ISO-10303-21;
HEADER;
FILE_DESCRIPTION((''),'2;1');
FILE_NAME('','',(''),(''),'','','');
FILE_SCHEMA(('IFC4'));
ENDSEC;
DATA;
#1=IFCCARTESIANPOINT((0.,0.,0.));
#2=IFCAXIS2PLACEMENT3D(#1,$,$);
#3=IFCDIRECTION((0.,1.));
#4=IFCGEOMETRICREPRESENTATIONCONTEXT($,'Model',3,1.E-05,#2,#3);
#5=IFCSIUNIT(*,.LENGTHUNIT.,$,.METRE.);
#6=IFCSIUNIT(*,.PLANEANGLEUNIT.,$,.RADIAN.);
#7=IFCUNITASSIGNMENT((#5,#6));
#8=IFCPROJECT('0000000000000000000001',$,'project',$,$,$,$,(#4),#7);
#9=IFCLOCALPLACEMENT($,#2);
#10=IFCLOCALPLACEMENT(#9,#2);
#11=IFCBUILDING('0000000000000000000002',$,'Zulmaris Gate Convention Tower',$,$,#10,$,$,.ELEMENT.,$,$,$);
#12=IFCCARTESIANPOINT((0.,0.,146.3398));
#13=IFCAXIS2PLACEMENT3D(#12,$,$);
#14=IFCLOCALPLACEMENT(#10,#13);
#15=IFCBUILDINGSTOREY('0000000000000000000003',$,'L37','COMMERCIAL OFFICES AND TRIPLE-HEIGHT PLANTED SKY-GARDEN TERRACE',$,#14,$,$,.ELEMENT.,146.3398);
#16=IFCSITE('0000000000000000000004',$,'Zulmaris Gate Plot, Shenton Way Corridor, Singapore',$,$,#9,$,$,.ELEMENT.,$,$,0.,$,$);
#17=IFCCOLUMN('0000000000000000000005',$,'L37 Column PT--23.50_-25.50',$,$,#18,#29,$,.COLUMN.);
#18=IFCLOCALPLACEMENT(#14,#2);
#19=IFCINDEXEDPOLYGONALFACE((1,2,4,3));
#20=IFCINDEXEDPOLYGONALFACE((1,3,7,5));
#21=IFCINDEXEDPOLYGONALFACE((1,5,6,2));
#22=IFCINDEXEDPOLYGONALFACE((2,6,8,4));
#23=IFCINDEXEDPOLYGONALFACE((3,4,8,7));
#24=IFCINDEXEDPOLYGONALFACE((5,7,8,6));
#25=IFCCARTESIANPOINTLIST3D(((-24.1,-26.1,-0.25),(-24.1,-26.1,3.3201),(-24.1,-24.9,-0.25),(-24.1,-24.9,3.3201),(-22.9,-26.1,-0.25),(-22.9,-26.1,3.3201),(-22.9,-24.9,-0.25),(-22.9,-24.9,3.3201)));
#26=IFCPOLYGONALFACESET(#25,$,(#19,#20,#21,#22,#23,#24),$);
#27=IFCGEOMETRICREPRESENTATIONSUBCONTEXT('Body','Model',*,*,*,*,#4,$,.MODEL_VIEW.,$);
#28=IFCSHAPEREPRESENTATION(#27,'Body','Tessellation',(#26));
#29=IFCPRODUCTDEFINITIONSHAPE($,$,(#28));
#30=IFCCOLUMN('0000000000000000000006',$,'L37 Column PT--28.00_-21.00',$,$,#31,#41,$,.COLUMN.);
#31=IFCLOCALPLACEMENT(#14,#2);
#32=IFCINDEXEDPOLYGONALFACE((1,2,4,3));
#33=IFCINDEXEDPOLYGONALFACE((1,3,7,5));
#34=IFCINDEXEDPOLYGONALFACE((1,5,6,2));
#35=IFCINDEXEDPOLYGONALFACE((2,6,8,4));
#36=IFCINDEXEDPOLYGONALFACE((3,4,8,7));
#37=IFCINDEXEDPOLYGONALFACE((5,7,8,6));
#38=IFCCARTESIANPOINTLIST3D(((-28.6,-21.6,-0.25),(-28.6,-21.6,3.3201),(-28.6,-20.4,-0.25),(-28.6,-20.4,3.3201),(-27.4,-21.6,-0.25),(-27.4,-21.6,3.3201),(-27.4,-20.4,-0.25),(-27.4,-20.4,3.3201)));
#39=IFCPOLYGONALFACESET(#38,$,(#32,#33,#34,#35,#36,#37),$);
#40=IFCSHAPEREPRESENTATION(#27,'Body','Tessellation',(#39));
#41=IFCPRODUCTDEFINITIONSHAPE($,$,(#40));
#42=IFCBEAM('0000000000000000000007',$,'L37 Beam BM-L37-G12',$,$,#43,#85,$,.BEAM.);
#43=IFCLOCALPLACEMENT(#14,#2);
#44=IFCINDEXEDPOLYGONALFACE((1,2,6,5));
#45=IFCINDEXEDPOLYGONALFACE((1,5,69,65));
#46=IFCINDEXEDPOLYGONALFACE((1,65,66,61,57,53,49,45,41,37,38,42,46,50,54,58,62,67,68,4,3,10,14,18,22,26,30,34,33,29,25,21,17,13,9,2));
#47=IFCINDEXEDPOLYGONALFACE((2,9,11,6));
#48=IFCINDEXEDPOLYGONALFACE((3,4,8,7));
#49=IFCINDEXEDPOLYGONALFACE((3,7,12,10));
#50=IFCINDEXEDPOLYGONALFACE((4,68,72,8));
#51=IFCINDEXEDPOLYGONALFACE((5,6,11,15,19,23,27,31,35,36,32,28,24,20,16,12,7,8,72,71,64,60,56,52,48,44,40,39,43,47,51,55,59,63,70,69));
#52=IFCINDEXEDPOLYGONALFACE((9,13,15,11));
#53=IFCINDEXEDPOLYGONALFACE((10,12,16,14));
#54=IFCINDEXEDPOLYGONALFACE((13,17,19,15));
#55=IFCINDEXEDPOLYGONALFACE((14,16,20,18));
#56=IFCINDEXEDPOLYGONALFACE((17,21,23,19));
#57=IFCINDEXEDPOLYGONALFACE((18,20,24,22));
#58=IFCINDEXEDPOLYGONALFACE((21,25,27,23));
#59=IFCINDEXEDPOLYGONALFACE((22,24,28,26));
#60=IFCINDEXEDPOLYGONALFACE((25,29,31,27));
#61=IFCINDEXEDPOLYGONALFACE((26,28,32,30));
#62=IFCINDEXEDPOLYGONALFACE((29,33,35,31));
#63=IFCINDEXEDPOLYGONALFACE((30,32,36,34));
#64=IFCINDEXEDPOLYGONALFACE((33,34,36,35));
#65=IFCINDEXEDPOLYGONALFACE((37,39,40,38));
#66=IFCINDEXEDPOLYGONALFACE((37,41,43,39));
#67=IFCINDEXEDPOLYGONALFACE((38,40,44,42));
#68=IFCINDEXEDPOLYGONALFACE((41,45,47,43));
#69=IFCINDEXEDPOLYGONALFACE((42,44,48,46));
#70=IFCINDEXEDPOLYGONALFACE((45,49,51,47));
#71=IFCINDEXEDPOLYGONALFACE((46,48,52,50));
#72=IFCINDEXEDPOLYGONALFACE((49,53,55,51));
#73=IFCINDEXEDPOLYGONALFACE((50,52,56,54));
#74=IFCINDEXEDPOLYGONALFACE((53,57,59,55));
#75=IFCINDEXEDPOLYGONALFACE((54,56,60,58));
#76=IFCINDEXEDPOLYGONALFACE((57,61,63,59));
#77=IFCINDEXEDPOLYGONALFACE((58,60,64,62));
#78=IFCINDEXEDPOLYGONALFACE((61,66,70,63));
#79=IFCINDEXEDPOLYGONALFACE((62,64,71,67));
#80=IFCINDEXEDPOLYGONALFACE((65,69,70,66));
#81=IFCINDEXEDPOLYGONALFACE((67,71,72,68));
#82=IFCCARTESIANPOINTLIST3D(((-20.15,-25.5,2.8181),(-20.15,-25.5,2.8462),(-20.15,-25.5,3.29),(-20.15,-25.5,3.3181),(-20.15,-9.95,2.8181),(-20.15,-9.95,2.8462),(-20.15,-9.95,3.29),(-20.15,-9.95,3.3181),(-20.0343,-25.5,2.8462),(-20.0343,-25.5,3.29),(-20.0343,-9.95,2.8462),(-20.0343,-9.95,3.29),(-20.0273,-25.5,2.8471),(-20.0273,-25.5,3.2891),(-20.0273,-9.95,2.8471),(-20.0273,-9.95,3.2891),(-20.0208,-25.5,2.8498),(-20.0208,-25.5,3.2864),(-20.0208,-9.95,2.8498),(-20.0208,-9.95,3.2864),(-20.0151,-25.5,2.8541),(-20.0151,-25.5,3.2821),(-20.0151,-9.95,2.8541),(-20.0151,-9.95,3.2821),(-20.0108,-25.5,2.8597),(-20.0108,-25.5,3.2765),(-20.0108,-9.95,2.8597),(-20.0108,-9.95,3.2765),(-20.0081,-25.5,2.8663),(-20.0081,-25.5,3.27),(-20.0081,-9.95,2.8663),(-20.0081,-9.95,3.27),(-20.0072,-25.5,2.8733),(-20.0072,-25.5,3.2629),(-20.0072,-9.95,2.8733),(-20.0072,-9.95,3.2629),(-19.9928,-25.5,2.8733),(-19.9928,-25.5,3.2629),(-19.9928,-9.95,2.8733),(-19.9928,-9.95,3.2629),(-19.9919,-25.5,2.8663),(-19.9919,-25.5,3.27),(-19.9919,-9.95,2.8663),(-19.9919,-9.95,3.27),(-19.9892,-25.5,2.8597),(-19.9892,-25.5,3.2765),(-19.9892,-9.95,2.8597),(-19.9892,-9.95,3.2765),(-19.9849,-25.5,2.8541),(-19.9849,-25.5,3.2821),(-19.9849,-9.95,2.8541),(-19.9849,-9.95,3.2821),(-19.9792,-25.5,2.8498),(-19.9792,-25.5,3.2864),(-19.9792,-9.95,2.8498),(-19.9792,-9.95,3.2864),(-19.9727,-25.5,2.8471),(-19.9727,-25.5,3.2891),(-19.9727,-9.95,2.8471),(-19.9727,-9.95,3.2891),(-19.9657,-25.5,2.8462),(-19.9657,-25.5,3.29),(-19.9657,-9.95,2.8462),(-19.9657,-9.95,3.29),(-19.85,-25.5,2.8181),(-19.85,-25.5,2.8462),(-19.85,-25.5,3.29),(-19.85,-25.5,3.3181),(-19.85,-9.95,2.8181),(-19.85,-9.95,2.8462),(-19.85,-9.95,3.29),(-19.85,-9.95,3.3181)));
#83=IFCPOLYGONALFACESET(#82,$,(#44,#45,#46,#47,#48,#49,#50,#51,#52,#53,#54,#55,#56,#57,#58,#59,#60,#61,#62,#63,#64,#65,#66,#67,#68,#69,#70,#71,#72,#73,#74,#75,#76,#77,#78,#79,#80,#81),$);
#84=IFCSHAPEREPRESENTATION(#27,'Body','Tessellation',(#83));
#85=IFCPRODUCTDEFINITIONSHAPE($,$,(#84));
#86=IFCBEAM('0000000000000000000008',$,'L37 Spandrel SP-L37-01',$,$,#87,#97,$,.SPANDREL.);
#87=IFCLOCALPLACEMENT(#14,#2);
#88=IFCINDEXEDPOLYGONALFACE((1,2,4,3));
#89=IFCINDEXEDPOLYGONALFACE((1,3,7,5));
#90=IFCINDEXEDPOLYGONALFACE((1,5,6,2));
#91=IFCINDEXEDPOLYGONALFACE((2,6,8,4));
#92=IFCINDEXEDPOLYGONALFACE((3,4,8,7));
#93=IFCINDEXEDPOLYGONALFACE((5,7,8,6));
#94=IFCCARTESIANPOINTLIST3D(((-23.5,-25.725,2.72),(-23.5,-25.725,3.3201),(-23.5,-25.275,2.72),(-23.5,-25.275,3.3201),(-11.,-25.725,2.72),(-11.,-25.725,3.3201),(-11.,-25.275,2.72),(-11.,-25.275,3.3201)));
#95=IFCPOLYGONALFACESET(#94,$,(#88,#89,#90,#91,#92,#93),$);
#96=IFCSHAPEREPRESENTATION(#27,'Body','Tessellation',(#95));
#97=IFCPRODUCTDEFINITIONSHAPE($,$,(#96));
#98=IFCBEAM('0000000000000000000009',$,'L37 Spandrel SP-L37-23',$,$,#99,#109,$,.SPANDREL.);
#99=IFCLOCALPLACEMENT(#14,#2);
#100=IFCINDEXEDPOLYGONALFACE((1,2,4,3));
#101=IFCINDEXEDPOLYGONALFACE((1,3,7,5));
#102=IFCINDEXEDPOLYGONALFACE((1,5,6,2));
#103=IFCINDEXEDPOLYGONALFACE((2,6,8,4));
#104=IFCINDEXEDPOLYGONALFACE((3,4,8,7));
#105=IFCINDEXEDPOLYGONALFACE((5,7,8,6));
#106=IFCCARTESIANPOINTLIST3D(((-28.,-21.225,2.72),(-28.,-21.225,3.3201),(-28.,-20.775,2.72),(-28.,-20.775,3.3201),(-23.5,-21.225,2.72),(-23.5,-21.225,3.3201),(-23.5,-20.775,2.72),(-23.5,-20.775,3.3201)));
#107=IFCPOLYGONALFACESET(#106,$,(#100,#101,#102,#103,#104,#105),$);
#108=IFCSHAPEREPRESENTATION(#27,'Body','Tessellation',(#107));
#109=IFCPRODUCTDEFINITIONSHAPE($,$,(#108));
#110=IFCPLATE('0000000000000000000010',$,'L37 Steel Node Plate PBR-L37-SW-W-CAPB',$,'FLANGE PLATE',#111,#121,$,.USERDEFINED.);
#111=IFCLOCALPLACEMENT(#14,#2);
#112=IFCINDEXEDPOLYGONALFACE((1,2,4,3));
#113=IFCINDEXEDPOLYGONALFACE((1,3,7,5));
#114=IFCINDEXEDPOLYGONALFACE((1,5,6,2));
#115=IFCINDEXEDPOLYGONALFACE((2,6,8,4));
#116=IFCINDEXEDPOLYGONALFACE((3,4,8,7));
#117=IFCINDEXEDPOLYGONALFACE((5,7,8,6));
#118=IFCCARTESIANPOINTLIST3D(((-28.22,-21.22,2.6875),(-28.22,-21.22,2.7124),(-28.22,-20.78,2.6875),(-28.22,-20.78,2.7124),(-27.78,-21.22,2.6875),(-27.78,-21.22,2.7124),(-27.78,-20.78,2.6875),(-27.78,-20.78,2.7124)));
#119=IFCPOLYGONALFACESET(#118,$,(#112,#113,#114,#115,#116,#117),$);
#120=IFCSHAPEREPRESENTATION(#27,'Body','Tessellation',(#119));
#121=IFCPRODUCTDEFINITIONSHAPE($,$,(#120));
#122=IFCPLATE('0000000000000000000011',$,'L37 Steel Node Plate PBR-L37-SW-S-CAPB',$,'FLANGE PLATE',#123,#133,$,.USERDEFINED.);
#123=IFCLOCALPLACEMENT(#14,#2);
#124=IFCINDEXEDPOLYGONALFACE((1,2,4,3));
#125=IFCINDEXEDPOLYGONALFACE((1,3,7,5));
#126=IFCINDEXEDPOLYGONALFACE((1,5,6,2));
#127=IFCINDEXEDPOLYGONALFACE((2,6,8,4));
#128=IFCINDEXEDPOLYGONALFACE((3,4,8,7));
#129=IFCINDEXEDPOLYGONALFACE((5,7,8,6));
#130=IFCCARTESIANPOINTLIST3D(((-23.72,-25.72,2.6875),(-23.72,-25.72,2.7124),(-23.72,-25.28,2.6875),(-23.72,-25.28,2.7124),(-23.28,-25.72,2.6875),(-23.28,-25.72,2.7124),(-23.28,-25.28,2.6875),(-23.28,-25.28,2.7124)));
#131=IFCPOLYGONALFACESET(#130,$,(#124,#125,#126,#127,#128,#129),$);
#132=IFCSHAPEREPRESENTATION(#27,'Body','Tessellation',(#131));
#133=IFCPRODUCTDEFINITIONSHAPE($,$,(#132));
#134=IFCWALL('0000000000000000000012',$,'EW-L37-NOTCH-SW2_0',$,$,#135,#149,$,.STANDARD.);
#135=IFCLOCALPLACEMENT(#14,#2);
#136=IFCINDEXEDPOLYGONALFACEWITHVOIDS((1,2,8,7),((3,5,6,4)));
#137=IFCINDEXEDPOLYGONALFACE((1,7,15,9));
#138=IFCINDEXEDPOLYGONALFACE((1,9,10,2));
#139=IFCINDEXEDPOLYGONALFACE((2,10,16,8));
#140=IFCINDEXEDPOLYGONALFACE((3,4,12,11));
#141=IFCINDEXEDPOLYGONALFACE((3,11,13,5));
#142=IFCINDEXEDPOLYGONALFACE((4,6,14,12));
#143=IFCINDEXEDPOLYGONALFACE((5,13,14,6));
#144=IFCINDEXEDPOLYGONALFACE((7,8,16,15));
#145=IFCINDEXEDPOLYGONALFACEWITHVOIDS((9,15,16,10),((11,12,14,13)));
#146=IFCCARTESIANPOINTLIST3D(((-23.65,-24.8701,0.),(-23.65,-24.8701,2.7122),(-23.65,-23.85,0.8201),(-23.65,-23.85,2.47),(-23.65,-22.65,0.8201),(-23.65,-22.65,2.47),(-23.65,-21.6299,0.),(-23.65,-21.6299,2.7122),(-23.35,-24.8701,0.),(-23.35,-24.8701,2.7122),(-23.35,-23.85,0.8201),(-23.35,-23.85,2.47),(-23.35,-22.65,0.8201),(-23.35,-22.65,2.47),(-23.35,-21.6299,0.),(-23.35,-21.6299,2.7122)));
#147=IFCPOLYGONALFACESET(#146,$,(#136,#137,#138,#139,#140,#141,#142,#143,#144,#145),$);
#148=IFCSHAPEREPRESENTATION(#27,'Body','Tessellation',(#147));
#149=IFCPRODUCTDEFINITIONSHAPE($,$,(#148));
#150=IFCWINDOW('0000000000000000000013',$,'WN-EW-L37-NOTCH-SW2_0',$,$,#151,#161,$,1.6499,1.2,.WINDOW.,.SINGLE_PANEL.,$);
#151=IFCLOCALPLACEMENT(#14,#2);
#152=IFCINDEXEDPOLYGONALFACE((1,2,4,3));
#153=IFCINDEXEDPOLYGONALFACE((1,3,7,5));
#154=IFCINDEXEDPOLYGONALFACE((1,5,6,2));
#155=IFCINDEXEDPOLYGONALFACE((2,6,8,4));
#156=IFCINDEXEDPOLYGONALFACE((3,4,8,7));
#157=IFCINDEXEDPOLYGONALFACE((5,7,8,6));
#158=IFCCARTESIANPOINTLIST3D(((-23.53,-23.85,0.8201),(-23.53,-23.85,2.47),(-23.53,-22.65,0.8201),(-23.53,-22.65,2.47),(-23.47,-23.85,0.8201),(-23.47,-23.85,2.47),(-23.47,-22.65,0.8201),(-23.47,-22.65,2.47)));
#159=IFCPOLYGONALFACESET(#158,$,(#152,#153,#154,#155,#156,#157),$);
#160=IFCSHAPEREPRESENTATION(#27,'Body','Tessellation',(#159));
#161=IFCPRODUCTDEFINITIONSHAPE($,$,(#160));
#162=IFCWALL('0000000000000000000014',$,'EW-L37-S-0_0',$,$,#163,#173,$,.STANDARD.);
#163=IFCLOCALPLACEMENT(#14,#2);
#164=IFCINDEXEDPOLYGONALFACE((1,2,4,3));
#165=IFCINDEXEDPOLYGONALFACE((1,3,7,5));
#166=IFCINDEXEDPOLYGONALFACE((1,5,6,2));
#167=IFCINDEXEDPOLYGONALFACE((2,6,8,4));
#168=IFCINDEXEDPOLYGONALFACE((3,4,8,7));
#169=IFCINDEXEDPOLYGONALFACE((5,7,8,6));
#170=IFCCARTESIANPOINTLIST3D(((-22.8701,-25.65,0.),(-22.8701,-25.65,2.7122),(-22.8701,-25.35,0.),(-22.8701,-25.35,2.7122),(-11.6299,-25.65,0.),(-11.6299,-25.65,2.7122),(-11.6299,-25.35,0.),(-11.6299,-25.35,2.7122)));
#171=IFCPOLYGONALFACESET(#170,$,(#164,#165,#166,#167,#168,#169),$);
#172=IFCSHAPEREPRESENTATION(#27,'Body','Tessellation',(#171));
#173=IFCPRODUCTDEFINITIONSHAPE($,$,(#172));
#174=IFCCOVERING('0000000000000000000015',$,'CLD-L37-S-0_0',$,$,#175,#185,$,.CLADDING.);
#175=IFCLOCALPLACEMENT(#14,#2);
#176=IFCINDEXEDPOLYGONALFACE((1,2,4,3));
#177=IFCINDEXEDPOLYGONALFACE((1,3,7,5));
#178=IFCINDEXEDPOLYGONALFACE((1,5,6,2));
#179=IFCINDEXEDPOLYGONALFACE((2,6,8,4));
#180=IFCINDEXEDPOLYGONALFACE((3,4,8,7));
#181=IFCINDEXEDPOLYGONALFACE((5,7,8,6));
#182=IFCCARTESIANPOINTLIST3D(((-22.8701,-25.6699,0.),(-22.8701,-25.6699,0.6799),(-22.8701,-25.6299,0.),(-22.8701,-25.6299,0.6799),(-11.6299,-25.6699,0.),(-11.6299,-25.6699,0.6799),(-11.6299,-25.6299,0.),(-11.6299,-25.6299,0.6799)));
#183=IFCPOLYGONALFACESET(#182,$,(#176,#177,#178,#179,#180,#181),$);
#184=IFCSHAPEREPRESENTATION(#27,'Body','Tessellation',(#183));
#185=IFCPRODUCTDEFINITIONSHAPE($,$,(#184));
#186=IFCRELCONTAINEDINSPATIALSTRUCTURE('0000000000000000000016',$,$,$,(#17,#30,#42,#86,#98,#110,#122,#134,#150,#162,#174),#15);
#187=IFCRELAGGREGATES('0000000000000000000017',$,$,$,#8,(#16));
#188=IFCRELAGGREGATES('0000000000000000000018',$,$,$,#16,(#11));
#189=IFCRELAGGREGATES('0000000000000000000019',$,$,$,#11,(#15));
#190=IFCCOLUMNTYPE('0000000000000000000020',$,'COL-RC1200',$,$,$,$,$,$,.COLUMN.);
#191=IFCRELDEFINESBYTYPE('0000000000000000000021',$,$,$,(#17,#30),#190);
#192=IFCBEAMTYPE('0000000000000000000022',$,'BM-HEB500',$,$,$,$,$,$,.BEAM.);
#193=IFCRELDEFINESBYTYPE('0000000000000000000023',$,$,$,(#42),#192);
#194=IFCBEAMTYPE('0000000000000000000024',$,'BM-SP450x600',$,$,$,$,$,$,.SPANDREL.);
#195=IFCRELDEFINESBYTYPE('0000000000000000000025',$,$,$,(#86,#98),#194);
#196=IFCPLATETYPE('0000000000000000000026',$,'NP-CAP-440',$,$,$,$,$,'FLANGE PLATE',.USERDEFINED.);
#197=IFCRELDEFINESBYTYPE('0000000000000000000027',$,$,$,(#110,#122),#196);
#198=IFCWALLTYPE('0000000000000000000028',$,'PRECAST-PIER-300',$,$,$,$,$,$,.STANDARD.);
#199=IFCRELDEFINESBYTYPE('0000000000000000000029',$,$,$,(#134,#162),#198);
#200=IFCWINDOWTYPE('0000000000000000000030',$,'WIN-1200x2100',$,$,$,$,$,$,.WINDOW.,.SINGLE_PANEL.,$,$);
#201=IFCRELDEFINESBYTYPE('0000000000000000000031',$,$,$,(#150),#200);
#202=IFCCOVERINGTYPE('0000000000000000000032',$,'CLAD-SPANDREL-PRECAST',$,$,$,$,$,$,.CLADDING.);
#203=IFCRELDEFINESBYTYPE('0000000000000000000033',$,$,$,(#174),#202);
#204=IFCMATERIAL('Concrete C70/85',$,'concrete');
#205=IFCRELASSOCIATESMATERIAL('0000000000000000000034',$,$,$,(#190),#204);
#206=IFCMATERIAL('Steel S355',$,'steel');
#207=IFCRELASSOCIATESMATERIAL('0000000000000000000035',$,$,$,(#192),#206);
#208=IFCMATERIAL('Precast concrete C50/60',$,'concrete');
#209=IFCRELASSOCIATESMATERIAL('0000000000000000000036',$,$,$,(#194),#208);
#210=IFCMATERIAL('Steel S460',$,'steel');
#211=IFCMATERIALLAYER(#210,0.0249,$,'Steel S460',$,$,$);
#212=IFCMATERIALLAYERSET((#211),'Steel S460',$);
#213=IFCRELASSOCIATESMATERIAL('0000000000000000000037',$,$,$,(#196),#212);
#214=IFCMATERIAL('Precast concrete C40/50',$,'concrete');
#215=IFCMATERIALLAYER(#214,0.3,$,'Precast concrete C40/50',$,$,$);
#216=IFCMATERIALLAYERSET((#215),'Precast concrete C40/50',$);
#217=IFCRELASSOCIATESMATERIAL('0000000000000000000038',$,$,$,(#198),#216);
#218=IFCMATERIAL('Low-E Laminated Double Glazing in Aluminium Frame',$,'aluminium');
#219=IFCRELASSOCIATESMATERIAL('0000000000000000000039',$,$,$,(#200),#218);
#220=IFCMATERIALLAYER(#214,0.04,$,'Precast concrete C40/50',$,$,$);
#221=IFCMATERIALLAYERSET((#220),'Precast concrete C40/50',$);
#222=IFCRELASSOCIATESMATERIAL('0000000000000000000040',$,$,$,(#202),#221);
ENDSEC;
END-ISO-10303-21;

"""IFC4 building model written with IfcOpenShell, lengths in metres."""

from ifc_helpers import new_model, si_unit, direction, frame, frame_2d, origin, origin_2d, place, context, subcontext, project, spatial, rectangle, i_section, extrude, material, layer, layer_set, material_profile, profile_set, type_object, element, fill, save


model = new_model("IFC4")

# Units and contexts
model_context = context("Model", 3, precision=1e-05, world=origin(), true_north=direction((0.0, 1.0)))
body_context = subcontext(model_context, "Body", "Model", "MODEL_VIEW")
ifc_project = project(units=[si_unit("LENGTHUNIT", "METRE"), si_unit("PLANEANGLEUNIT", "RADIAN")], contexts=[model_context])

# Site, building, storey
site_placement = place(None, origin())
site = spatial("IfcSite", under=ifc_project, at=site_placement, Name="Zulmaris Gate Plot, Shenton Way Corridor, Singapore", CompositionType="ELEMENT", RefElevation=0.0)
building_placement = place(site_placement, origin())
building = spatial("IfcBuilding", under=site, at=building_placement, Name="Zulmaris Gate Convention Tower", CompositionType="ELEMENT")
storey_placement = place(building_placement, frame((0.0, 0.0, 146.3398)))
storey = spatial("IfcBuildingStorey", under=building, at=storey_placement, Name="L37", Description="COMMERCIAL OFFICES AND TRIPLE-HEIGHT PLANTED SKY-GARDEN TERRACE", CompositionType="ELEMENT", Elevation=146.3398)

# Columns
ifc_material_1 = material(Name="Concrete C70/85", Category="concrete")
ifc_material_profile_1 = material_profile(ifc_material_1, rectangle(XDim=1.2, YDim=1.2, at=origin_2d()), Name="RC COL 1200x1200")
ifc_profile_set_1 = profile_set([ifc_material_profile_1], Name="Concrete C70/85")
column_type = type_object("IfcColumnType", Name="COL-RC1200", PredefinedType="COLUMN", material=ifc_profile_set_1)
for number, where, z_axis, x_axis, name in (
    (1, (-23.5, -25.5, -0.25), (0.0, 0.0, 1.0), (1.0, 0.0, 0.0), "L37 Column PT--23.50_-25.50"),
    (2, (-28.0, -21.0, -0.25), (0.0, 0.0, 1.0), (1.0, 0.0, 0.0), "L37 Column PT--28.00_-21.00"),
):
    element("IfcColumn", number, at=place(storey_placement, frame(where, z_axis=z_axis, x_axis=x_axis)), inside=storey, type_object=column_type, Name=name, PredefinedType="COLUMN", context=body_context, shape_type="SweptSolid", body=[
        extrude(rectangle(XDim=1.2, YDim=1.2, at=origin_2d()), origin(), (0.0, 0.0, 1.0), 3.5701),
    ])

# Beams
ifc_material_2 = material(Name="Steel S355", Category="steel")
ifc_material_profile_2 = material_profile(ifc_material_2, i_section(OverallWidth=0.3, OverallDepth=0.5, WebThickness=0.0144, FlangeThickness=0.0281, FilletRadius=0.0271, at=origin_2d()), Name="HEB 500")
ifc_profile_set_2 = profile_set([ifc_material_profile_2], Name="Steel S355")
beam_type_1 = type_object("IfcBeamType", Name="BM-HEB500", PredefinedType="BEAM", material=ifc_profile_set_2)
beam_1_placement = place(storey_placement, frame((-20.0, -25.5, 3.0681), z_axis=(0.0, 1.0, 0.0), x_axis=(-1.0, 0.0, 0.0)))
element("IfcBeam", 3, at=beam_1_placement, inside=storey, type_object=beam_type_1, Name="L37 Beam BM-L37-G12", PredefinedType="BEAM", context=body_context, shape_type="SweptSolid", body=[
    extrude(i_section(OverallWidth=0.3, OverallDepth=0.5, WebThickness=0.0144, FlangeThickness=0.0281, FilletRadius=0.0271, at=origin_2d()), origin(), (0.0, 0.0, 1.0), 15.55),
])
ifc_material_3 = material(Name="Precast concrete C50/60", Category="concrete")
ifc_material_profile_3 = material_profile(ifc_material_3, rectangle(XDim=0.45, YDim=0.6001, at=origin_2d()), Name="RC SPANDREL 450x600")
ifc_profile_set_3 = profile_set([ifc_material_profile_3], Name="Precast concrete C50/60")
beam_type_2 = type_object("IfcBeamType", Name="BM-SP450x600", PredefinedType="SPANDREL", material=ifc_profile_set_3)
beam_2_placement = place(storey_placement, frame((-23.5, -25.5, 3.02), z_axis=(1.0, 0.0, 0.0), x_axis=(0.0, 1.0, 0.0)))
element("IfcBeam", 4, at=beam_2_placement, inside=storey, type_object=beam_type_2, Name="L37 Spandrel SP-L37-01", PredefinedType="SPANDREL", context=body_context, shape_type="SweptSolid", body=[
    extrude(rectangle(XDim=0.45, YDim=0.6001, at=origin_2d()), origin(), (0.0, 0.0, 1.0), 12.5),
])
beam_3_placement = place(storey_placement, frame((-28.0, -21.0, 3.02), z_axis=(1.0, 0.0, 0.0), x_axis=(0.0, 1.0, 0.0)))
element("IfcBeam", 5, at=beam_3_placement, inside=storey, type_object=beam_type_2, Name="L37 Spandrel SP-L37-23", PredefinedType="SPANDREL", context=body_context, shape_type="SweptSolid", body=[
    extrude(rectangle(XDim=0.45, YDim=0.6001, at=origin_2d()), origin(), (0.0, 0.0, 1.0), 4.5),
])

# Plates
ifc_material_4 = material(Name="Steel S460", Category="steel")
ifc_layer_1 = layer(ifc_material_4, 0.0249, Name="Steel S460")
ifc_layer_set_1 = layer_set([ifc_layer_1], Name="Steel S460")
plate_type = type_object("IfcPlateType", Name="NP-CAP-440", ElementType="FLANGE PLATE", PredefinedType="USERDEFINED", material=ifc_layer_set_1)
for number, where, z_axis, x_axis, name in (
    (6, (-28.0, -21.0, 2.6875), (0.0, 0.0, 1.0), (1.0, 0.0, 0.0), "L37 Steel Node Plate PBR-L37-SW-W-CAPB"),
    (7, (-23.5, -25.5, 2.6875), (0.0, 0.0, 1.0), (1.0, 0.0, 0.0), "L37 Steel Node Plate PBR-L37-SW-S-CAPB"),
):
    element("IfcPlate", number, at=place(storey_placement, frame(where, z_axis=z_axis, x_axis=x_axis)), inside=storey, type_object=plate_type, Name=name, ObjectType="FLANGE PLATE", PredefinedType="USERDEFINED", context=body_context, shape_type="SweptSolid", body=[
        extrude(rectangle(XDim=0.4399, YDim=0.4399, at=origin_2d()), origin(), (0.0, 0.0, 1.0), 0.0249),
    ])

# Wall, opening, window
ifc_material_5 = material(Name="Precast concrete C40/50", Category="concrete")
ifc_layer_2 = layer(ifc_material_5, 0.3, Name="Precast concrete C40/50")
ifc_layer_set_2 = layer_set([ifc_layer_2], Name="Precast concrete C40/50")
wall_type = type_object("IfcWallType", Name="PRECAST-PIER-300", PredefinedType="STANDARD", material=ifc_layer_set_2)
wall_1_placement = place(storey_placement, frame((-23.5, -21.6299, 0.0), z_axis=(0.0, 0.0, 1.0), x_axis=(0.0, -1.0, 0.0)))
wall_1 = element("IfcWall", 8, at=wall_1_placement, inside=storey, type_object=wall_type, Name="EW-L37-NOTCH-SW2_0", PredefinedType="STANDARD", context=body_context, shape_type="SweptSolid", body=[
    extrude(rectangle(XDim=3.2402, YDim=0.3, at=frame_2d((1.6201, 0.0))), origin(), (0.0, 0.0, 1.0), 2.7122),
])
opening_placement = place(wall_1_placement, frame((1.02, 0.0, 0.8201)))
opening = element("IfcOpeningElement", 9, at=opening_placement, cuts=wall_1, PredefinedType="OPENING", context=body_context, shape_type="SweptSolid", body=[
    extrude(rectangle(XDim=1.2, YDim=1.6499, at=frame_2d((0.6001, 0.825))), frame((0.0, 0.1602, 0.0), z_axis=(0.0, -1.0, 0.0), x_axis=(1.0, 0.0, 0.0)), (0.0, 0.0, 1.0), 0.3201),
])
ifc_material_6 = material(Name="Low-E Laminated Double Glazing in Aluminium Frame", Category="aluminium")
window_type = type_object("IfcWindowType", Name="WIN-1200x2100", PartitioningType="SINGLE_PANEL", PredefinedType="WINDOW", material=ifc_material_6)
window_placement = place(opening_placement, origin())
window = element("IfcWindow", 10, at=window_placement, inside=storey, type_object=window_type, Name="WN-EW-L37-NOTCH-SW2_0", OverallHeight=1.6499, OverallWidth=1.2, PartitioningType="SINGLE_PANEL", PredefinedType="WINDOW", context=body_context, shape_type="SweptSolid", body=[
    extrude(rectangle(XDim=1.2, YDim=1.6499, at=frame_2d((0.6001, 0.825))), frame((0.0, 0.03, 0.0), z_axis=(0.0, -1.0, 0.0), x_axis=(1.0, 0.0, 0.0)), (0.0, 0.0, 1.0), 0.0601),
])
fill(opening, window)

# Wall
wall_2_placement = place(storey_placement, frame((-22.8701, -25.5, 0.0), z_axis=(0.0, 0.0, 1.0), x_axis=(1.0, 0.0, 0.0)))
element("IfcWall", 11, at=wall_2_placement, inside=storey, type_object=wall_type, Name="EW-L37-S-0_0", PredefinedType="STANDARD", context=body_context, shape_type="SweptSolid", body=[
    extrude(rectangle(XDim=11.2402, YDim=0.3, at=frame_2d((5.6201, 0.0))), origin(), (0.0, 0.0, 1.0), 2.7122),
])

# Covering
ifc_layer_3 = layer(ifc_material_5, 0.04, Name="Precast concrete C40/50")
ifc_layer_set_3 = layer_set([ifc_layer_3], Name="Precast concrete C40/50")
covering_type_1 = type_object("IfcCoveringType", Name="CLAD-SPANDREL-PRECAST", PredefinedType="CLADDING", material=ifc_layer_set_3)
covering_1_placement = place(storey_placement, frame((-22.8701, -25.6499, 0.0), z_axis=(0.0, 0.0, 1.0), x_axis=(1.0, 0.0, 0.0)))
element("IfcCovering", 12, at=covering_1_placement, inside=storey, type_object=covering_type_1, Name="CLD-L37-S-0_0", PredefinedType="CLADDING", context=body_context, shape_type="SweptSolid", body=[
    extrude(rectangle(XDim=11.2402, YDim=0.04, at=frame_2d((5.6201, 0.0))), origin(), (0.0, 0.0, 1.0), 0.6799),
])

save(model, "model.ifc")
